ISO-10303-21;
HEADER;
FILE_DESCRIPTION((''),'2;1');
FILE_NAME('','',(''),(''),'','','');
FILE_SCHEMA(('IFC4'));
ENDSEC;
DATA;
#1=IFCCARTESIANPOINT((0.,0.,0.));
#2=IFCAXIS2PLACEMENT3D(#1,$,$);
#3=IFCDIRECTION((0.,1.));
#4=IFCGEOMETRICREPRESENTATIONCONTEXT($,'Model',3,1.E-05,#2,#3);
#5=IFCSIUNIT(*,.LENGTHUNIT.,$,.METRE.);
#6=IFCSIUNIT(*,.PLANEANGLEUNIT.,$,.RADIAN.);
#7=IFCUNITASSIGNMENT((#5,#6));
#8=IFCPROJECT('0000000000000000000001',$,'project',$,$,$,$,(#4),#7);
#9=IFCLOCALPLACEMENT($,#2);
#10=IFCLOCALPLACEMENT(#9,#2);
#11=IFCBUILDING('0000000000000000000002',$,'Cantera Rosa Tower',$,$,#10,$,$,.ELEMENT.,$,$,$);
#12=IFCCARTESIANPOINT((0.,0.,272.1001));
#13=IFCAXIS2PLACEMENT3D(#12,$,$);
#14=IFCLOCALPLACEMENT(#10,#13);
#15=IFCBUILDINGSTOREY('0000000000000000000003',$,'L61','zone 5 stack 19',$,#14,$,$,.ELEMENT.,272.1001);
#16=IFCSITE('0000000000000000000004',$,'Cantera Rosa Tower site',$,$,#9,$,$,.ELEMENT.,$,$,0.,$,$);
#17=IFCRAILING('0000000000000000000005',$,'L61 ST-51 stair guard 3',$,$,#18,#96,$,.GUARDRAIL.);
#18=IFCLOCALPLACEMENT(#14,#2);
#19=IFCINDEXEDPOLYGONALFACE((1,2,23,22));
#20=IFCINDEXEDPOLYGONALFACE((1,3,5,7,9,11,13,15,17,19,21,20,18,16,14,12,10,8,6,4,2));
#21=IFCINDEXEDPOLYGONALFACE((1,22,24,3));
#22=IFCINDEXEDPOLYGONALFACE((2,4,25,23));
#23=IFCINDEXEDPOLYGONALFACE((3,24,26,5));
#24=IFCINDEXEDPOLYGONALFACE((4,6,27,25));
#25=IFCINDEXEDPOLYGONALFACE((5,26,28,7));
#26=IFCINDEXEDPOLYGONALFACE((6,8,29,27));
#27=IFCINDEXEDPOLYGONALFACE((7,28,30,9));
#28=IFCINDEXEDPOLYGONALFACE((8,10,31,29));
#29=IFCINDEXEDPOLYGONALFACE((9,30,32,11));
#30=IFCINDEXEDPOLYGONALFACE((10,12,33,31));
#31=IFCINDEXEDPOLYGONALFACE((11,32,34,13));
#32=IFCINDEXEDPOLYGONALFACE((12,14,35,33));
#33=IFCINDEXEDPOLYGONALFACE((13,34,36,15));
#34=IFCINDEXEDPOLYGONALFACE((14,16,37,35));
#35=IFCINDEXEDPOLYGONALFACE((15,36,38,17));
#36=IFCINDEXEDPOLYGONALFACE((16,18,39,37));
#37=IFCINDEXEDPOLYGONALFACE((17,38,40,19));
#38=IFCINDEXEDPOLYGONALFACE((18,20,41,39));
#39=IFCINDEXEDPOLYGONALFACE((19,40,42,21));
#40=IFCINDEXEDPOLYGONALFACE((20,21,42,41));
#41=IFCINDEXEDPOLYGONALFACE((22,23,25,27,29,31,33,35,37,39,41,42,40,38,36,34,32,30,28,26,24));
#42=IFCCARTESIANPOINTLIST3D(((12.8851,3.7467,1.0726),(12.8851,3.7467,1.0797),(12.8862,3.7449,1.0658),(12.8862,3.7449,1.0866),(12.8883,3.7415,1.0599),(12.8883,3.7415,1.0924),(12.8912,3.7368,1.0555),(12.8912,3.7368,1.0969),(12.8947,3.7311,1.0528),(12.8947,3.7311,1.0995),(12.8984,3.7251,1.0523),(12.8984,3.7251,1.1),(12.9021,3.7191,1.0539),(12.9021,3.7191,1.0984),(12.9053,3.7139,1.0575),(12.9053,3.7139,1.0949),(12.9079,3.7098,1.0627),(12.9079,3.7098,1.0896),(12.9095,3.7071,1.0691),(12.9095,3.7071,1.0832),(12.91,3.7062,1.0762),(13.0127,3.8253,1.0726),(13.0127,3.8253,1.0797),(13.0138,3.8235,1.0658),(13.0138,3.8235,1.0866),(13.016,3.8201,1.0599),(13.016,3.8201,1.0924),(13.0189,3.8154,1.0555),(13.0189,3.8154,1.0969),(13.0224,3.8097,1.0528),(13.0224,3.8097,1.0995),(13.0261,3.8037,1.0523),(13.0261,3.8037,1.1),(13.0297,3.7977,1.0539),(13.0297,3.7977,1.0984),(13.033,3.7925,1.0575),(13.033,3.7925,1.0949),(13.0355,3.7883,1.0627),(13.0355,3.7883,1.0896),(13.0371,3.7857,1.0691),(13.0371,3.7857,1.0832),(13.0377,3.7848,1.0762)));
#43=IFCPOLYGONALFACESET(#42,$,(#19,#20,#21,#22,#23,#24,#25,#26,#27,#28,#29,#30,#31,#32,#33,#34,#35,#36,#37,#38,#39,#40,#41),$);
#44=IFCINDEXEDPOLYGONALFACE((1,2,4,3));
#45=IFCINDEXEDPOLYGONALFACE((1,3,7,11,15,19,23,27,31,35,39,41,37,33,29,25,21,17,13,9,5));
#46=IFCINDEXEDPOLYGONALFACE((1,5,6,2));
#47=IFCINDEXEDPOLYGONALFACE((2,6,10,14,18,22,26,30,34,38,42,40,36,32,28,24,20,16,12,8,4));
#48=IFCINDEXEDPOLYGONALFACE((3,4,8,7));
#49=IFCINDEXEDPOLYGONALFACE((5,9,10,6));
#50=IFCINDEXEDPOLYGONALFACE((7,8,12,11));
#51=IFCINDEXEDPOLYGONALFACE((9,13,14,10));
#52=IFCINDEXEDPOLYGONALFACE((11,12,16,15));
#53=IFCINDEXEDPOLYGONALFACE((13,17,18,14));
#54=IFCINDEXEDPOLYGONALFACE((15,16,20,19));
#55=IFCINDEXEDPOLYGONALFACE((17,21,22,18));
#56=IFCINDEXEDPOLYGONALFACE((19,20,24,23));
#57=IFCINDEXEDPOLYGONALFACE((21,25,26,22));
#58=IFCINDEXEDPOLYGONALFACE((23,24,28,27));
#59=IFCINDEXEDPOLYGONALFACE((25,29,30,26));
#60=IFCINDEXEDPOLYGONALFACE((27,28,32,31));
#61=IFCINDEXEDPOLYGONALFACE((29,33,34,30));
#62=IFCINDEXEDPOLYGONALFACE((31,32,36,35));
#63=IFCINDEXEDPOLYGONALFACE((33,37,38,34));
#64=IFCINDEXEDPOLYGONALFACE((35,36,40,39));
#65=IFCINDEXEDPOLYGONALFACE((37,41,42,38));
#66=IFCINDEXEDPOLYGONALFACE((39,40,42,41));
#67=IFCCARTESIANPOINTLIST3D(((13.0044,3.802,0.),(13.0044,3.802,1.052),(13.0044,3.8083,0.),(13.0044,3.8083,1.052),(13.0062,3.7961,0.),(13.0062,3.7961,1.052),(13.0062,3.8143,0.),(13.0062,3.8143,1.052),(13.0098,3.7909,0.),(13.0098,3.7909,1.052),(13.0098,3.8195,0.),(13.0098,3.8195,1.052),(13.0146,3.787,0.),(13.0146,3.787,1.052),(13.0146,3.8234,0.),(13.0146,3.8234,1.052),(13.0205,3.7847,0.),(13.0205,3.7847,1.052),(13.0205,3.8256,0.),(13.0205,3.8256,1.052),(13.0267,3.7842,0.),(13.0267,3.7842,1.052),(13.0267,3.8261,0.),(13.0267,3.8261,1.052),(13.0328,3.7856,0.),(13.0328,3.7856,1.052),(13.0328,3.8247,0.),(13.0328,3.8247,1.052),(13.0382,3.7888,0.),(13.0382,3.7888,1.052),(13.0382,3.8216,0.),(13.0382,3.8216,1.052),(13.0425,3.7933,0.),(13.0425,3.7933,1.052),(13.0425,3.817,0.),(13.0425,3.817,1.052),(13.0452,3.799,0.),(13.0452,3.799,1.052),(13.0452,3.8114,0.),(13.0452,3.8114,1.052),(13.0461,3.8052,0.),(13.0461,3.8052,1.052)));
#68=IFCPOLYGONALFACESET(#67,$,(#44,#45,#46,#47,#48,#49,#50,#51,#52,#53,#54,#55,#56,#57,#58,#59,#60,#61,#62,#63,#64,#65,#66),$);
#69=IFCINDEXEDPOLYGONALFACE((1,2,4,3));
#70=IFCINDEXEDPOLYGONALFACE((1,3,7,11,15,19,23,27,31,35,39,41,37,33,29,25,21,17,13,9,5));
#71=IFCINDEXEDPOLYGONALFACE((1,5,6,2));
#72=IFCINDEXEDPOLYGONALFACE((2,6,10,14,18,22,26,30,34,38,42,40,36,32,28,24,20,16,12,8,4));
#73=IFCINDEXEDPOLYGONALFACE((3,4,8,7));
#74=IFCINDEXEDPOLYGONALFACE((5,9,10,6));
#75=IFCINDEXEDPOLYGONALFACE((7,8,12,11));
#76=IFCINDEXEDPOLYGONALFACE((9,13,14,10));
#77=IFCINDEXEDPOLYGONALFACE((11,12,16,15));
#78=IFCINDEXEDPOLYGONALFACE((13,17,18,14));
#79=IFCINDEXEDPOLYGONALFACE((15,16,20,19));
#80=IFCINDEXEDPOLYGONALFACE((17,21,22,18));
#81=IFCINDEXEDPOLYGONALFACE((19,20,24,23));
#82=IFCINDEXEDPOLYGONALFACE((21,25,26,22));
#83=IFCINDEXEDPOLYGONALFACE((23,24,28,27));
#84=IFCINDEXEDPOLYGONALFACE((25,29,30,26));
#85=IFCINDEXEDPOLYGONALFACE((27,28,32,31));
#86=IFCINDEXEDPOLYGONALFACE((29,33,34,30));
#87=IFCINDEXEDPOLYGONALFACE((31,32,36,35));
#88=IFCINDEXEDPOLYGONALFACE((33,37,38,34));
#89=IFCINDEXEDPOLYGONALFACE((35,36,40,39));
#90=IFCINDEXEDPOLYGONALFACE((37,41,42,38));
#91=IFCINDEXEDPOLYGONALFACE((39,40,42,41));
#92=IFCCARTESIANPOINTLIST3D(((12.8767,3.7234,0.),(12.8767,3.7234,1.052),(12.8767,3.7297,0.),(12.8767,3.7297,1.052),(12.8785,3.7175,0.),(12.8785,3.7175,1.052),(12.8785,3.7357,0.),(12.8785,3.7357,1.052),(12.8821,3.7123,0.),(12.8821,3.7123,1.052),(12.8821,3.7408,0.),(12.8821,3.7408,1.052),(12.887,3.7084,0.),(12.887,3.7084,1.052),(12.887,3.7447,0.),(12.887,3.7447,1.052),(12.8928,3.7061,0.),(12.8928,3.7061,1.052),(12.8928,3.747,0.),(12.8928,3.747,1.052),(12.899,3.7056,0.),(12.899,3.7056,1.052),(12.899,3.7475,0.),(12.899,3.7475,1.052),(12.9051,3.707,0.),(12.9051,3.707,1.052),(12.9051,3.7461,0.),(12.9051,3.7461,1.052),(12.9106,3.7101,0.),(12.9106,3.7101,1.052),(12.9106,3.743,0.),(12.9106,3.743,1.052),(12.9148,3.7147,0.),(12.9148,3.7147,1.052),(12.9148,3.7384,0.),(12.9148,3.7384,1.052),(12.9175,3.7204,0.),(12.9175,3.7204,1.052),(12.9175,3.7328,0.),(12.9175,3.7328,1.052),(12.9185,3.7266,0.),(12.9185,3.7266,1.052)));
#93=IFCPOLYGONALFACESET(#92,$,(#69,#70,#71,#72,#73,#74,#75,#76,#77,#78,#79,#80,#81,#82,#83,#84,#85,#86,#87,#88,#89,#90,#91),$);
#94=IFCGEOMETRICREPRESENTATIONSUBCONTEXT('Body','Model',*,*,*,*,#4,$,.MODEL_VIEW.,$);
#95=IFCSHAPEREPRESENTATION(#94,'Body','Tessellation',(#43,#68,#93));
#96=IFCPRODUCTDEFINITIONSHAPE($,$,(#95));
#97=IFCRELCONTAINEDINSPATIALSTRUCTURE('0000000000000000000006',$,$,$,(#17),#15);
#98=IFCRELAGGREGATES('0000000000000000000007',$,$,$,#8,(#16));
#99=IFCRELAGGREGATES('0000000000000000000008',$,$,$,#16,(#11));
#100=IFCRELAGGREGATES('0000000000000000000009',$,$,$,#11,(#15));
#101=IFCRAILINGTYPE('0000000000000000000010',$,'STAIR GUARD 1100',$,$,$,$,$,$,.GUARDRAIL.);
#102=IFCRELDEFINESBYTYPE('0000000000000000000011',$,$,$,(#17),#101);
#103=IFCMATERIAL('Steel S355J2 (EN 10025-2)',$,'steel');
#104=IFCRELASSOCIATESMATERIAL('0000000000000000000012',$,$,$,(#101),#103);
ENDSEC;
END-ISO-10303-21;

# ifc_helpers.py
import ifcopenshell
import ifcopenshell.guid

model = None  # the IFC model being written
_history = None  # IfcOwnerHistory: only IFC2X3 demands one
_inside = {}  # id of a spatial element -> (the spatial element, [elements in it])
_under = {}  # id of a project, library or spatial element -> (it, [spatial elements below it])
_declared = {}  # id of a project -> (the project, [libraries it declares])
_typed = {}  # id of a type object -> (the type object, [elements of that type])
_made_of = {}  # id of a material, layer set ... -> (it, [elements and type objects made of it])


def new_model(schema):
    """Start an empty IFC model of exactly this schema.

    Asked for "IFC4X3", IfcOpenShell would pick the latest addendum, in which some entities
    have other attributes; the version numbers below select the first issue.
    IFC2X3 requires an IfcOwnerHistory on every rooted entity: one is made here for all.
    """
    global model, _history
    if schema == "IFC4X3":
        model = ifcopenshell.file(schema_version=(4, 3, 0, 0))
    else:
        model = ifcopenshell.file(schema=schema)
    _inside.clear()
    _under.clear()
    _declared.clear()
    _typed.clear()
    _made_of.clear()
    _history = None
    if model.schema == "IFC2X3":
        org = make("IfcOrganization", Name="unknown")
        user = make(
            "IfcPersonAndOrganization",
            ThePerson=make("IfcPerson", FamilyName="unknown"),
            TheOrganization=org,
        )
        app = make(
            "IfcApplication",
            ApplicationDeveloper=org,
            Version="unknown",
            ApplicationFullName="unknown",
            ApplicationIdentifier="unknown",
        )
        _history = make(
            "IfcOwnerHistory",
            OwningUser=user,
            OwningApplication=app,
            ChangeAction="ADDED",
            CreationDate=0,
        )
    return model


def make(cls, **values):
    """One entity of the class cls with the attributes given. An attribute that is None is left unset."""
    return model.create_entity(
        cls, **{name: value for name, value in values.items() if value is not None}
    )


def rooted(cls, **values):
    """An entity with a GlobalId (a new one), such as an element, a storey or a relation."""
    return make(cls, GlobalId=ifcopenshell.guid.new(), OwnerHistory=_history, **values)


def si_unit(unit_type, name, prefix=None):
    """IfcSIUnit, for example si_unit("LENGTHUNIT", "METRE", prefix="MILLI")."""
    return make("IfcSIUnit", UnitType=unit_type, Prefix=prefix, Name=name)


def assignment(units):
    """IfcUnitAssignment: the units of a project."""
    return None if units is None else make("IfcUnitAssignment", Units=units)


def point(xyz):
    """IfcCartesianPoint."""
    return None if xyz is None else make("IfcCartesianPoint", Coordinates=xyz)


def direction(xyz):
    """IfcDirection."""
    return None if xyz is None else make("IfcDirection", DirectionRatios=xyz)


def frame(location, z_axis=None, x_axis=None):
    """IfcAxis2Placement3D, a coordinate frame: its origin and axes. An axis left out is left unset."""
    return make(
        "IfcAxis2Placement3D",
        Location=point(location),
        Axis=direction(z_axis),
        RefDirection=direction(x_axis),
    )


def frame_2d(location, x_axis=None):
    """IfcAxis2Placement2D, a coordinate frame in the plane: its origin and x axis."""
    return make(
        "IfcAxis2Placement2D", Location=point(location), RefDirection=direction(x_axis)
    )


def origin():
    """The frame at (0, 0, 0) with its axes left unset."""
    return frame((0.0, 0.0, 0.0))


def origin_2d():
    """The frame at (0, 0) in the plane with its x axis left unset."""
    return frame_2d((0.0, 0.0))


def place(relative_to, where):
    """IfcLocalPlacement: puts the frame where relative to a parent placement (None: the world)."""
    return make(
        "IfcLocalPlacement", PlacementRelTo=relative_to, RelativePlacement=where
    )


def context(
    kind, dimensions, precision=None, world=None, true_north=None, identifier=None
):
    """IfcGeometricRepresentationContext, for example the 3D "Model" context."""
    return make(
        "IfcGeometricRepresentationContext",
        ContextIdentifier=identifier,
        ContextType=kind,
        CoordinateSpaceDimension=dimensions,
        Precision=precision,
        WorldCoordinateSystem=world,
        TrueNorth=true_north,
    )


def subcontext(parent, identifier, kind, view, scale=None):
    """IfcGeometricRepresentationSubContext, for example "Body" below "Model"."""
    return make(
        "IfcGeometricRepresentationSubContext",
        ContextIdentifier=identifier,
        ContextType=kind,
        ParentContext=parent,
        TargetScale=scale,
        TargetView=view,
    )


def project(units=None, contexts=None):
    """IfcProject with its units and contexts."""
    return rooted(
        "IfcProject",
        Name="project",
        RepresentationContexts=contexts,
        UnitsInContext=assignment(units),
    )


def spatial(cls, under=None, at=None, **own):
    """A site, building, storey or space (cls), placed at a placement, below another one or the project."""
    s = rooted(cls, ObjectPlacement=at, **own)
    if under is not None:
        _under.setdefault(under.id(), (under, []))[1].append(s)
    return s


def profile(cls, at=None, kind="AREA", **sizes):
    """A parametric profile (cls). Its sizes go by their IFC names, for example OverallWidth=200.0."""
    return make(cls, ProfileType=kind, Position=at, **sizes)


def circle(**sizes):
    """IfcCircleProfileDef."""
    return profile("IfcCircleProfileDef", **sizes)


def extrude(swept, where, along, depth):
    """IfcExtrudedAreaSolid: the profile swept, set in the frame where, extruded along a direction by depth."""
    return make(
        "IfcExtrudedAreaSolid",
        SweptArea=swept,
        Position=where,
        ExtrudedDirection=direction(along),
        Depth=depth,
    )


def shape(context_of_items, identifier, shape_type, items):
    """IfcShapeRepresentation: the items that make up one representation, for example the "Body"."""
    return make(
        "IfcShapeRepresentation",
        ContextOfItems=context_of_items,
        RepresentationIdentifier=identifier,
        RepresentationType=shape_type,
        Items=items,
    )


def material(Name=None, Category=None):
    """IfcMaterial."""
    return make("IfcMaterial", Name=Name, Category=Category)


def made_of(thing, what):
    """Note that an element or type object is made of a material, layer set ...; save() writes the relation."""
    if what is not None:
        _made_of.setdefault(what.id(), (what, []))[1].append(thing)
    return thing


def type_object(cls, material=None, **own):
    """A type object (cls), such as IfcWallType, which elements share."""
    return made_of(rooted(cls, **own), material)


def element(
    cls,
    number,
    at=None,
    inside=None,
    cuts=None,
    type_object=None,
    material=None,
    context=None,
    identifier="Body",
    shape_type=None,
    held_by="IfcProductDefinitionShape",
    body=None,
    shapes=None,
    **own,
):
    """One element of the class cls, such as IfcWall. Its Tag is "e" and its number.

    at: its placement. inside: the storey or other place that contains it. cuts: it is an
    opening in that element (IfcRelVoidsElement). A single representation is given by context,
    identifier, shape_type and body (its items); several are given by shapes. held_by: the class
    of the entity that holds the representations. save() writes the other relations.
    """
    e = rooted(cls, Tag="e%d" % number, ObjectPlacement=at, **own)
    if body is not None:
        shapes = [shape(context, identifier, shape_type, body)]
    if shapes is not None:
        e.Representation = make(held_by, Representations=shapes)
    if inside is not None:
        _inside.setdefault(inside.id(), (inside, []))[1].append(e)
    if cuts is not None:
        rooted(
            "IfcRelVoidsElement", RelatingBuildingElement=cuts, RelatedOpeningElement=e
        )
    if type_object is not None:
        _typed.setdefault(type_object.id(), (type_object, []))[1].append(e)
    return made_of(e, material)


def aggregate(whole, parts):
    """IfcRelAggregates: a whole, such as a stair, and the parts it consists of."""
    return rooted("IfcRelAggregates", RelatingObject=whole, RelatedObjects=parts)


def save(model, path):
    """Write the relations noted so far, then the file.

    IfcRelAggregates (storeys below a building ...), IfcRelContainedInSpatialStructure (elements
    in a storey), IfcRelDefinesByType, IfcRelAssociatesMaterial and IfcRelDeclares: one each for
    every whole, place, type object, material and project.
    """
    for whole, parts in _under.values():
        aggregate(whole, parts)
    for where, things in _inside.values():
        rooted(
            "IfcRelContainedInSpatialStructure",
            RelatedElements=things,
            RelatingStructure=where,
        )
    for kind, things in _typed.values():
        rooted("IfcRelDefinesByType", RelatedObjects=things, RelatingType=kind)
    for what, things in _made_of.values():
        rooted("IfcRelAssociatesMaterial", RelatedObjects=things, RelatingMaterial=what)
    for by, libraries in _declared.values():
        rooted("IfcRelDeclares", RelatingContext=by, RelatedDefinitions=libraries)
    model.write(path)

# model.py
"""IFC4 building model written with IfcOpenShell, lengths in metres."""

from ifc_helpers import new_model, si_unit, direction, frame, origin, origin_2d, place, context, subcontext, project, spatial, circle, extrude, material, type_object, element, save


model = new_model("IFC4")

# Units and contexts
model_context = context("Model", 3, precision=1e-05, world=origin(), true_north=direction((0.0, 1.0)))
body_context = subcontext(model_context, "Body", "Model", "MODEL_VIEW")
ifc_project = project(units=[si_unit("LENGTHUNIT", "METRE"), si_unit("PLANEANGLEUNIT", "RADIAN")], contexts=[model_context])

# Site, building, storey
site_placement = place(None, origin())
site = spatial("IfcSite", under=ifc_project, at=site_placement, Name="Cantera Rosa Tower site", CompositionType="ELEMENT", RefElevation=0.0)
building_placement = place(site_placement, origin())
building = spatial("IfcBuilding", under=site, at=building_placement, Name="Cantera Rosa Tower", CompositionType="ELEMENT")
storey_placement = place(building_placement, frame((0.0, 0.0, 272.1001)))
storey = spatial("IfcBuildingStorey", under=building, at=storey_placement, Name="L61", Description="zone 5 stack 19", CompositionType="ELEMENT", Elevation=272.1001)

# Railing
ifc_material_1 = material(Name="Steel S355J2 (EN 10025-2)", Category="steel")
railing_type_1 = type_object("IfcRailingType", Name="STAIR GUARD 1100", PredefinedType="GUARDRAIL", material=ifc_material_1)
railing_1_placement = place(storey_placement, frame((13.0251, 3.8052, 0.0)))
element("IfcRailing", 1, at=railing_1_placement, inside=storey, type_object=railing_type_1, Name="L61 ST-51 stair guard 3", PredefinedType="GUARDRAIL", context=body_context, shape_type="SweptSolid", body=[
    extrude(circle(Radius=0.0239, at=origin_2d()), frame((0.0, 0.0, 1.0762), z_axis=(-0.851546, -0.524279, 0.0), x_axis=(0.524279, -0.851546, 0.0)), (0.0, 0.0, 1.0), 0.1499),
    extrude(circle(Radius=0.021, at=origin_2d()), origin(), (0.0, 0.0, 1.0), 1.052),
    extrude(circle(Radius=0.021, at=origin_2d()), frame((-0.1277, -0.0786, 0.0)), (0.0, 0.0, 1.0), 1.052),
])

save(model, "model.ifc")
